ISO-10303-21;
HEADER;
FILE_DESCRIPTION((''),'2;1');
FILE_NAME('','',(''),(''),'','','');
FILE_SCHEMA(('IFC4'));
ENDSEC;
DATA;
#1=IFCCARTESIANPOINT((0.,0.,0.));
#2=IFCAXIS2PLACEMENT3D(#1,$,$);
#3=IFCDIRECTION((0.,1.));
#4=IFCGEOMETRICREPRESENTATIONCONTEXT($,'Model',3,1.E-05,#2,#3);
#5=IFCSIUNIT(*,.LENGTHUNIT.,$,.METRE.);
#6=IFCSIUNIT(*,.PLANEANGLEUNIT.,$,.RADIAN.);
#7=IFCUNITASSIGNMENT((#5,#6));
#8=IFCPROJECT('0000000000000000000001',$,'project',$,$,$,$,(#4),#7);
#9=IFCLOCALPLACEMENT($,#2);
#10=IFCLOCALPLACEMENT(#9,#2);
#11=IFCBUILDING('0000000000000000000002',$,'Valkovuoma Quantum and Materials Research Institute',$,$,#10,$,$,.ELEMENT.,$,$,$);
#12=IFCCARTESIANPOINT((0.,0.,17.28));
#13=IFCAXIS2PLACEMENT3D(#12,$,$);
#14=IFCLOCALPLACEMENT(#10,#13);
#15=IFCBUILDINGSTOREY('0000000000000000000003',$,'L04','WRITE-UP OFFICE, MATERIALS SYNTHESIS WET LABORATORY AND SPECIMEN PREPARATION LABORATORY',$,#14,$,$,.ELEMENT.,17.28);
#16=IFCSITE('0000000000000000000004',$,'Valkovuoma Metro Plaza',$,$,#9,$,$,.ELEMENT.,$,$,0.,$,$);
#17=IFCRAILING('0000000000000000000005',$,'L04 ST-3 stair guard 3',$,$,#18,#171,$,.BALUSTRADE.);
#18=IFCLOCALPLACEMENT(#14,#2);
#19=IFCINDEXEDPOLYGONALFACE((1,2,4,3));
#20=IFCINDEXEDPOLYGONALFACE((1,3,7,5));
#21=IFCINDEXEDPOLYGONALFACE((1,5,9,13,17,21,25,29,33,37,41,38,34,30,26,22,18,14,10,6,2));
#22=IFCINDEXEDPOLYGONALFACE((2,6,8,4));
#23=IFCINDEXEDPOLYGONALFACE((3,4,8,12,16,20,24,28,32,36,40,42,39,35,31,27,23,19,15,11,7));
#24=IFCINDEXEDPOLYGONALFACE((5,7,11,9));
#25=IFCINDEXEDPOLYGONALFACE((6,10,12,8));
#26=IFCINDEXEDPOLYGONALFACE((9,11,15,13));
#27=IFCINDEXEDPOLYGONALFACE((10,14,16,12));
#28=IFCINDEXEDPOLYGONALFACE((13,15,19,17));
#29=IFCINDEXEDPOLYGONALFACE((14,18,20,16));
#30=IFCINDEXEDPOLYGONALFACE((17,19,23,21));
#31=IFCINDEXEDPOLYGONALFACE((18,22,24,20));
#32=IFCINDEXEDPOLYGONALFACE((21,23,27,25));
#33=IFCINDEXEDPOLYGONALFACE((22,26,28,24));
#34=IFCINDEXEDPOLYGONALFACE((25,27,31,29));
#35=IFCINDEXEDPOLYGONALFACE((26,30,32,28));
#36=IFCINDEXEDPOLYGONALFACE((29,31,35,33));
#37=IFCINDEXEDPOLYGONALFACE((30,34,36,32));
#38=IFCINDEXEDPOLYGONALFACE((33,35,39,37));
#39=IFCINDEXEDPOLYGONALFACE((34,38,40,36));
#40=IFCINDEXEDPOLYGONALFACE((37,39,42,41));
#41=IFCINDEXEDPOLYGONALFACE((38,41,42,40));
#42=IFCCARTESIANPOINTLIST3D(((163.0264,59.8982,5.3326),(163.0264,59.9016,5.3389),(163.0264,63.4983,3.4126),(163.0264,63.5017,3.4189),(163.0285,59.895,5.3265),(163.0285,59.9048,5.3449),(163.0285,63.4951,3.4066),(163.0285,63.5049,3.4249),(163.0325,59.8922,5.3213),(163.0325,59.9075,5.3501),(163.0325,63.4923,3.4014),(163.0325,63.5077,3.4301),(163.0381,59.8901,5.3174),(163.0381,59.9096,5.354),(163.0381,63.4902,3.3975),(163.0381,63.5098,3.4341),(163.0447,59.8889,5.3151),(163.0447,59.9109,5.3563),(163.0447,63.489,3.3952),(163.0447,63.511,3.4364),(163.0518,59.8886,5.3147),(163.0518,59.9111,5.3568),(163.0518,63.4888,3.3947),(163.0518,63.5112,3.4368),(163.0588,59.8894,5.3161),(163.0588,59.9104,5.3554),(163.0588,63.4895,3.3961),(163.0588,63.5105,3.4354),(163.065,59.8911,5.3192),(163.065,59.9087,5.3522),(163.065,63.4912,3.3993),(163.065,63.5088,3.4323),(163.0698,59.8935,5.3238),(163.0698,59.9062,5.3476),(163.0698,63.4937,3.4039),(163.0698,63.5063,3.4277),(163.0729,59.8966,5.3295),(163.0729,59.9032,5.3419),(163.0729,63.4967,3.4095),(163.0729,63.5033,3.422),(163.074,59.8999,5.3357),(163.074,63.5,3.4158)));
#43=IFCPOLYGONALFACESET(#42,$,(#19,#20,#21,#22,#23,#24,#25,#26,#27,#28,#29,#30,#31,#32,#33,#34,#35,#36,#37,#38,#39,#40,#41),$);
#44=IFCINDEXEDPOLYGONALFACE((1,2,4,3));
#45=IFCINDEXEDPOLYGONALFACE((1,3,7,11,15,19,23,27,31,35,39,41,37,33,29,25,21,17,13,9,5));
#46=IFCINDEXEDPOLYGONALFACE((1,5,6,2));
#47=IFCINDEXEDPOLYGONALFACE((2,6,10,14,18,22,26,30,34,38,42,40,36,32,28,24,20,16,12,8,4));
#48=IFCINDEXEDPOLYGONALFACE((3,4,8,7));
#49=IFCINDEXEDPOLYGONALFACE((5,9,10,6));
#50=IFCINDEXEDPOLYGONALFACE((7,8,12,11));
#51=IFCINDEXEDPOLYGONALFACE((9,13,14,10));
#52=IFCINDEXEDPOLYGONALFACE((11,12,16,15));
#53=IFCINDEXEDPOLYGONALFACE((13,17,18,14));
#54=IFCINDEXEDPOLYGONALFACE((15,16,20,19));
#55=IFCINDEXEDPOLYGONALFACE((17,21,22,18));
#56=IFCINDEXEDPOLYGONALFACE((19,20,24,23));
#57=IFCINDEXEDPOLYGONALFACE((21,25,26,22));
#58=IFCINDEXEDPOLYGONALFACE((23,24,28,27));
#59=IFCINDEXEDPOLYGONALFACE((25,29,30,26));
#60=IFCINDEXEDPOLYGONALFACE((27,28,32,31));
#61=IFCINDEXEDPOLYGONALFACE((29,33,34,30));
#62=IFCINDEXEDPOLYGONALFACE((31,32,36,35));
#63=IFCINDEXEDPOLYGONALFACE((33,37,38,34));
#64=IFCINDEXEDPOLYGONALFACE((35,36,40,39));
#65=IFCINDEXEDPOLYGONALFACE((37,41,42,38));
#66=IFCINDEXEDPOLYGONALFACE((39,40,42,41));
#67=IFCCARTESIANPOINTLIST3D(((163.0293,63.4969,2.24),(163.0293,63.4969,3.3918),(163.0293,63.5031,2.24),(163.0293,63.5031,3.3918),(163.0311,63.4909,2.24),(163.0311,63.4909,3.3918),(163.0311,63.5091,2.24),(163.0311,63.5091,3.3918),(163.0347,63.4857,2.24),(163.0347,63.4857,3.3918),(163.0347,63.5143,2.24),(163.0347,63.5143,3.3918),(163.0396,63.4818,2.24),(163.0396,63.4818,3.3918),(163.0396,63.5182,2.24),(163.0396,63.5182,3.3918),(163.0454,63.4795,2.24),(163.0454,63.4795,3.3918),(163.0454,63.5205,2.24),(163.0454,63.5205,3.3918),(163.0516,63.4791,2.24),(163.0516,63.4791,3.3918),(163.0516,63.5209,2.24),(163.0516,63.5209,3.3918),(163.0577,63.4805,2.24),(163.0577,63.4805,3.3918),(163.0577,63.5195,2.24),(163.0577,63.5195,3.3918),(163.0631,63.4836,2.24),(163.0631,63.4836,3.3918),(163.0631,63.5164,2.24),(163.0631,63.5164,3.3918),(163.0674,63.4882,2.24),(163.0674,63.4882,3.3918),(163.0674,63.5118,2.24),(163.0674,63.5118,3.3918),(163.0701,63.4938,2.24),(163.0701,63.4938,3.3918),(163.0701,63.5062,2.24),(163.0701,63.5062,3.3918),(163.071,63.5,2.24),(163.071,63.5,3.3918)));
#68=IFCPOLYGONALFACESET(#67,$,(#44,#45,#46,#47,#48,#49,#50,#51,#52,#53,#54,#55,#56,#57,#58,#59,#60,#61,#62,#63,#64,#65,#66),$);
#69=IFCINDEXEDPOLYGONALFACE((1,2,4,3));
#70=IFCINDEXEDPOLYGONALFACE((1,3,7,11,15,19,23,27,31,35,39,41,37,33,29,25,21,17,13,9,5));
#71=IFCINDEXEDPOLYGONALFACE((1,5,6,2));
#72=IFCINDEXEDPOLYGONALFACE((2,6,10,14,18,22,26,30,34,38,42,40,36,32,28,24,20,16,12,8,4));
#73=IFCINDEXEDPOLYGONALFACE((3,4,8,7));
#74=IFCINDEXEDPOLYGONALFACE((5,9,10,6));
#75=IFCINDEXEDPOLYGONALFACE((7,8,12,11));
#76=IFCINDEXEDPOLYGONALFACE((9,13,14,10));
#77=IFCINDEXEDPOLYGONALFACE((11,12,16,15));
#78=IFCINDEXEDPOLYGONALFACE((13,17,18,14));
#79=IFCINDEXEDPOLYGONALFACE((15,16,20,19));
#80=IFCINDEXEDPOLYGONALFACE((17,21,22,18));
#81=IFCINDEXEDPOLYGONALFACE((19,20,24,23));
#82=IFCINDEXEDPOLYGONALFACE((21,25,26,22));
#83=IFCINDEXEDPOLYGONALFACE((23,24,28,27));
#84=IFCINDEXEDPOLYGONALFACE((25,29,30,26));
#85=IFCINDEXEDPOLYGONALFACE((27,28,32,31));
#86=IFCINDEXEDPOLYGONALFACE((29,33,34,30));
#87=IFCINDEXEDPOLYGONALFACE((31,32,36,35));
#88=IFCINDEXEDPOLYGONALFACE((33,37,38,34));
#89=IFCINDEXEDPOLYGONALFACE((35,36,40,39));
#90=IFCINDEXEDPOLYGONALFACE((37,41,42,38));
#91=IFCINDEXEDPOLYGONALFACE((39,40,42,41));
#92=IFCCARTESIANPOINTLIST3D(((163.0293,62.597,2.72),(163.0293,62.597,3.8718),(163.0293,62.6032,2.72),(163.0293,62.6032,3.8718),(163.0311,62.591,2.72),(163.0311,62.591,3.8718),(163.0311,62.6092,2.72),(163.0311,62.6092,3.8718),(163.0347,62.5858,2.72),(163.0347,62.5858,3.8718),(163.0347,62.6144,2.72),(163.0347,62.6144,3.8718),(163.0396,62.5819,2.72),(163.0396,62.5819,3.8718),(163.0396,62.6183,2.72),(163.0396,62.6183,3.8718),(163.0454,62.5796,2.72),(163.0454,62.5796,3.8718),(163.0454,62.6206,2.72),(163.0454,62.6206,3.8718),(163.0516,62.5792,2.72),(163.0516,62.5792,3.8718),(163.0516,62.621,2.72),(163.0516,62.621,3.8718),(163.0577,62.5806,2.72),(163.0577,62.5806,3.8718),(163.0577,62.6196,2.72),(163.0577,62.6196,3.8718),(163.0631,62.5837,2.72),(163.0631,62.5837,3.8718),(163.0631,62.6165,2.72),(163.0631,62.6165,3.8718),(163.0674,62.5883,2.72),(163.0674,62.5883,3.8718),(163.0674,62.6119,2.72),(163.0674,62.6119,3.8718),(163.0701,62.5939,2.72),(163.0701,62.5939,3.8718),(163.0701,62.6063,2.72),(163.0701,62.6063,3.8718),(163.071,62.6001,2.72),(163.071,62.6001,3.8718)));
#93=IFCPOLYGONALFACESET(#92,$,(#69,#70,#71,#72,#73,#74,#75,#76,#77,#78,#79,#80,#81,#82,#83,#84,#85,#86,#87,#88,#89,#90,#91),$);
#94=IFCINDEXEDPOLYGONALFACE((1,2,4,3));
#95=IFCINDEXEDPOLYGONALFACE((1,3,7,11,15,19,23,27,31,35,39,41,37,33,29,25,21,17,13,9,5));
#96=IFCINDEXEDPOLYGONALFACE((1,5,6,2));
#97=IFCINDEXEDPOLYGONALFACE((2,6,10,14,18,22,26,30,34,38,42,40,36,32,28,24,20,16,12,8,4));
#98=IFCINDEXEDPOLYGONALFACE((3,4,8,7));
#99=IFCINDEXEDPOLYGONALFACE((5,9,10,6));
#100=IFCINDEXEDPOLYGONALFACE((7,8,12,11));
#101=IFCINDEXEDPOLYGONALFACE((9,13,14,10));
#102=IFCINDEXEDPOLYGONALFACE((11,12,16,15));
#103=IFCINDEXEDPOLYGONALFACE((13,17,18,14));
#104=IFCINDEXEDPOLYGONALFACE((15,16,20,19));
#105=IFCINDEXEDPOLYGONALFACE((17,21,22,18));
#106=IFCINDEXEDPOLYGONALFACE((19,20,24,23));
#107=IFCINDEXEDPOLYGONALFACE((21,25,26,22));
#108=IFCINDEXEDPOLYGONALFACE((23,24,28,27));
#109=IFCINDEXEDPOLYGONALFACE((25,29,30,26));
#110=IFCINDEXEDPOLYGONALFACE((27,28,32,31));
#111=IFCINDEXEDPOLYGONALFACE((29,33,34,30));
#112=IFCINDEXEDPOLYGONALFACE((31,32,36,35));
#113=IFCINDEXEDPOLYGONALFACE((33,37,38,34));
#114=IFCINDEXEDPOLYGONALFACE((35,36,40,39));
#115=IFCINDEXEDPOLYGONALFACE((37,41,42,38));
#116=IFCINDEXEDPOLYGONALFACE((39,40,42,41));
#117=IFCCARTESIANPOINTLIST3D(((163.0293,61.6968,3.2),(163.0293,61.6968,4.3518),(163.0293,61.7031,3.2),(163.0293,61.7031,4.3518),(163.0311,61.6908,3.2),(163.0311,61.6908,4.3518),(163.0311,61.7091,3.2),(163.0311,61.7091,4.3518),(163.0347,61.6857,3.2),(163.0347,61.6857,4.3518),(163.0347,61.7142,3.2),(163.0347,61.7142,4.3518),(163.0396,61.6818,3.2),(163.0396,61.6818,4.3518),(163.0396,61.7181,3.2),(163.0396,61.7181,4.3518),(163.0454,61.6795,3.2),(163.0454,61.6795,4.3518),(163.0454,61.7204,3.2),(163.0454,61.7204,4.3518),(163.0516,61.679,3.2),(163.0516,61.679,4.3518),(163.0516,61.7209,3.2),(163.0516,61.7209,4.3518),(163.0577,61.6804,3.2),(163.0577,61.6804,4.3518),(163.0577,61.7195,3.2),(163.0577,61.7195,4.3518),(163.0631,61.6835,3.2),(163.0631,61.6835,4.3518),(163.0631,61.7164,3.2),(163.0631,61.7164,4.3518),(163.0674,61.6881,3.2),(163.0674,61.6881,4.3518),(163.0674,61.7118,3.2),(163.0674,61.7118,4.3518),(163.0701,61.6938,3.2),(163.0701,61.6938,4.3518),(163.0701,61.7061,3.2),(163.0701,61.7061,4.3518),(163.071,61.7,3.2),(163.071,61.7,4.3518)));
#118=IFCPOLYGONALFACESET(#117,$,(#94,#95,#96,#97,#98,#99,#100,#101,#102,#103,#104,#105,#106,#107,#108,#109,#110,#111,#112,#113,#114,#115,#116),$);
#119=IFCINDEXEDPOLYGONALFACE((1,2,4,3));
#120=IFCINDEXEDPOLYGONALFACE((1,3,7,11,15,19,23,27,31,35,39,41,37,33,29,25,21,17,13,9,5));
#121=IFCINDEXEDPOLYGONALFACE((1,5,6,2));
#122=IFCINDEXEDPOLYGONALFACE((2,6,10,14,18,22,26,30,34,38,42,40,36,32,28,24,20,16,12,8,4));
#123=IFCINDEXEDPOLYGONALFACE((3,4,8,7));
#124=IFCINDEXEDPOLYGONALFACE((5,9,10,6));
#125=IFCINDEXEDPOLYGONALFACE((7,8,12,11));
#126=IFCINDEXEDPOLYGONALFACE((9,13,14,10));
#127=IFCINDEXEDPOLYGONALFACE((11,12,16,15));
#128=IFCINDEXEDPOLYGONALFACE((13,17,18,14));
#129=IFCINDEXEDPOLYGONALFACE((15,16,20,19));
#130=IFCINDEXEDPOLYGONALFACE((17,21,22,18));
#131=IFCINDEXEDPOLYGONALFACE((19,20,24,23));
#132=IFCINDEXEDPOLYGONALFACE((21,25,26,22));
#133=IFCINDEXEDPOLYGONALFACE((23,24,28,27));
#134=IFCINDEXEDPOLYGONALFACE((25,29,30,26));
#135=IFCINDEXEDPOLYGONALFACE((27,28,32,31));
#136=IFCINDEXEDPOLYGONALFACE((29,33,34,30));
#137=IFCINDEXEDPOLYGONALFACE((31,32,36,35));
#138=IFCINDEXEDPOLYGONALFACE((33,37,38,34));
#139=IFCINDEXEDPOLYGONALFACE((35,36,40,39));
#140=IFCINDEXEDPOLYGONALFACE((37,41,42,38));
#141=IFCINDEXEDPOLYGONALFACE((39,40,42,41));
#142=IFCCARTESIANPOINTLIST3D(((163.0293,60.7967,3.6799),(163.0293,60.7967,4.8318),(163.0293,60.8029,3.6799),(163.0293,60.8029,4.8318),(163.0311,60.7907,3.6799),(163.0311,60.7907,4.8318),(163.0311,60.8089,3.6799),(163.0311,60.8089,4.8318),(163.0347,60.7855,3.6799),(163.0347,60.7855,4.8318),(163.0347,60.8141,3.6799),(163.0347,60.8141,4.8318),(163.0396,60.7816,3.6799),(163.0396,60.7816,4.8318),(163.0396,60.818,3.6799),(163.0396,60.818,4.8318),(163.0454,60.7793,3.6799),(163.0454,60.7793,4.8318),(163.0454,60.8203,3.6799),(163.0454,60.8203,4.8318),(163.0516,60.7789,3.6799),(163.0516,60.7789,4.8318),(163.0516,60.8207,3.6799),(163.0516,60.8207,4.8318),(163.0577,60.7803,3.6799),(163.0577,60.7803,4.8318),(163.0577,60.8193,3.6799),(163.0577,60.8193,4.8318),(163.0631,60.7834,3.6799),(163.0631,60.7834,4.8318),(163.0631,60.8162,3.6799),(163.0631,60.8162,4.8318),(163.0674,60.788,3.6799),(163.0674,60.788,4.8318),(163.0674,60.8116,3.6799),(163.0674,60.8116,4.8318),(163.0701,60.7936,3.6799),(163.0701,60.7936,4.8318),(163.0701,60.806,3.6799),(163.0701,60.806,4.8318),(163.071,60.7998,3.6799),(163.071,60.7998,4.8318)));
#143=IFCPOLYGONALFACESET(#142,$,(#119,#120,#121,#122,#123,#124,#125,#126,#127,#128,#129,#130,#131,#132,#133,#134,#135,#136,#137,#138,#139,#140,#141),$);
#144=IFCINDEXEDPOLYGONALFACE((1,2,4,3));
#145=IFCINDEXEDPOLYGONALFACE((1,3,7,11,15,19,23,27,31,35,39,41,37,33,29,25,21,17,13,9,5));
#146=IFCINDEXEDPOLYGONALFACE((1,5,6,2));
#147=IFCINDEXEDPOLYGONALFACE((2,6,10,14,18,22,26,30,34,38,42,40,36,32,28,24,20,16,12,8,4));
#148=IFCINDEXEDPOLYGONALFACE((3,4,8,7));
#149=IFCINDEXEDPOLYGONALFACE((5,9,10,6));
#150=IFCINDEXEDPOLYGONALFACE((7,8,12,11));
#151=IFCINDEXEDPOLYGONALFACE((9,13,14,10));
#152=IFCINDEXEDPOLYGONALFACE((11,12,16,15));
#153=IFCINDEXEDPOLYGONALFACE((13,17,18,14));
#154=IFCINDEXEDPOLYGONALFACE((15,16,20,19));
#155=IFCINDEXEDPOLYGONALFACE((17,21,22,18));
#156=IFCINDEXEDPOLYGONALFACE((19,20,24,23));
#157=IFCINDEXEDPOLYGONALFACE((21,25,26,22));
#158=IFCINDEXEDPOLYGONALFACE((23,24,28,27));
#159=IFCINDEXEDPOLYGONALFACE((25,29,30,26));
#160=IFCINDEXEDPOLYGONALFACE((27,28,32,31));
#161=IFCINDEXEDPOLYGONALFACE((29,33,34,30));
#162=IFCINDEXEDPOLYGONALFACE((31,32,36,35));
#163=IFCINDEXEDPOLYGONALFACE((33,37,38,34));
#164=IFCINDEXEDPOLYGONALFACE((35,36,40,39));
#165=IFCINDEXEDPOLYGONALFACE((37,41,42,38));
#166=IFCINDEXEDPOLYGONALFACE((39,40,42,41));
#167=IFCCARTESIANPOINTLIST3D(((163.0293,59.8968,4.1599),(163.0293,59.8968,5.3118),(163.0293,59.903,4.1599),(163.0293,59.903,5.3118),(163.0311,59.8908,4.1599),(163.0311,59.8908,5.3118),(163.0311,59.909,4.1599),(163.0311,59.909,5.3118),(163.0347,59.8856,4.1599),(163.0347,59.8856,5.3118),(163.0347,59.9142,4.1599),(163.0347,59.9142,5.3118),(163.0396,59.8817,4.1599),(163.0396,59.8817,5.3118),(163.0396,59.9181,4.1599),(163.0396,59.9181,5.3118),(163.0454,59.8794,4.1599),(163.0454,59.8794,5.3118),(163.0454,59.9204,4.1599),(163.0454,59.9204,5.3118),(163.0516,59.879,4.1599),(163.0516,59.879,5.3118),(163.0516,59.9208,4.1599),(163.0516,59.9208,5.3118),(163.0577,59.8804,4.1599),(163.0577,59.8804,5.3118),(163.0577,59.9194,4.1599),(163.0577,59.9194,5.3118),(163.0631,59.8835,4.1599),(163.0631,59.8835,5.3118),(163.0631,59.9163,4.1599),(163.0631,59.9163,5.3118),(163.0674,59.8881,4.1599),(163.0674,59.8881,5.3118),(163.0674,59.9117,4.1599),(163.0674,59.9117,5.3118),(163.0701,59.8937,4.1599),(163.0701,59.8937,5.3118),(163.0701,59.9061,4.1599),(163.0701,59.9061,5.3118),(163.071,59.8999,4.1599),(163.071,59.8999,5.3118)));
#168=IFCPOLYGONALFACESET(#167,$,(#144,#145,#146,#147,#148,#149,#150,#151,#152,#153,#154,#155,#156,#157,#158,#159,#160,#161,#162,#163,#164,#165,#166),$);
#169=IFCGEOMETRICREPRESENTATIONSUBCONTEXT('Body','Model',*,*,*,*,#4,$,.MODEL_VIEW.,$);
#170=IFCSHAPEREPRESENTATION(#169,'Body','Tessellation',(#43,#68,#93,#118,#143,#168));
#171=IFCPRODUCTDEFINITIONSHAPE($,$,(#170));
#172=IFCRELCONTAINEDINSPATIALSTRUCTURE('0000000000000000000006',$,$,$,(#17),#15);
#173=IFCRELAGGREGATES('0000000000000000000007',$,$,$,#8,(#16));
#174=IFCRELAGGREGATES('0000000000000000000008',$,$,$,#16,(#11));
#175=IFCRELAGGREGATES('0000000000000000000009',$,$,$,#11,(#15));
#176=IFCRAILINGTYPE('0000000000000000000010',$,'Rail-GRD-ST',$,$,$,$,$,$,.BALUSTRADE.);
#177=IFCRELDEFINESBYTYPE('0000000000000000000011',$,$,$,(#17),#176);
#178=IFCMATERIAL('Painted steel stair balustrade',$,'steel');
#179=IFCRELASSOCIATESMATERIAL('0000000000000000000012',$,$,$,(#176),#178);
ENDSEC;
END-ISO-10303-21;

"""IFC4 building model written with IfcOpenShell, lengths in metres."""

from ifc_helpers import new_model, si_unit, direction, frame, origin, origin_2d, place, context, subcontext, project, spatial, circle, extrude, material, type_object, element, save


model = new_model("IFC4")

# Units and contexts
model_context = context("Model", 3, precision=1e-05, world=origin(), true_north=direction((0.0, 1.0)))
body_context = subcontext(model_context, "Body", "Model", "MODEL_VIEW")
ifc_project = project(units=[si_unit("LENGTHUNIT", "METRE"), si_unit("PLANEANGLEUNIT", "RADIAN")], contexts=[model_context])

# Site, building, storey
site_placement = place(None, origin())
site = spatial("IfcSite", under=ifc_project, at=site_placement, Name="Valkovuoma Metro Plaza", CompositionType="ELEMENT", RefElevation=0.0)
building_placement = place(site_placement, origin())
building = spatial("IfcBuilding", under=site, at=building_placement, Name="Valkovuoma Quantum and Materials Research Institute", CompositionType="ELEMENT")
storey_placement = place(building_placement, frame((0.0, 0.0, 17.28)))
storey = spatial("IfcBuildingStorey", under=building, at=storey_placement, Name="L04", Description="WRITE-UP OFFICE, MATERIALS SYNTHESIS WET LABORATORY AND SPECIMEN PREPARATION LABORATORY", CompositionType="ELEMENT", Elevation=17.28)

# Railing
ifc_material_1 = material(Name="Painted steel stair balustrade", Category="steel")
railing_type_1 = type_object("IfcRailingType", Name="Rail-GRD-ST", PredefinedType="BALUSTRADE", material=ifc_material_1)
railing_1_placement = place(storey_placement, frame((163.05, 63.5, 2.24)))
element("IfcRailing", 1, at=railing_1_placement, inside=storey, type_object=railing_type_1, Name="L04 ST-3 stair guard 3", PredefinedType="BALUSTRADE", context=body_context, shape_type="SweptSolid", body=[
    extrude(circle(Radius=0.0239, at=origin_2d()), frame((0.0, 0.0, 1.1758), z_axis=(0.0, -0.882366, 0.470563), x_axis=(1.0, 0.0, 0.0)), (0.0, 0.0, 1.0), 4.0801),
    extrude(circle(Radius=0.021, at=origin_2d()), origin(), (0.0, 0.0, 1.0), 1.1519),
    extrude(circle(Radius=0.021, at=origin_2d()), frame((0.0, -0.8999, 0.48)), (0.0, 0.0, 1.0), 1.1519),
    extrude(circle(Radius=0.021, at=origin_2d()), frame((0.0, -1.8, 0.96)), (0.0, 0.0, 1.0), 1.1519),
    extrude(circle(Radius=0.021, at=origin_2d()), frame((0.0, -2.7002, 1.4399)), (0.0, 0.0, 1.0), 1.1519),
    extrude(circle(Radius=0.021, at=origin_2d()), frame((0.0, -3.6001, 1.9199)), (0.0, 0.0, 1.0), 1.1519),
])

save(model, "model.ifc")
